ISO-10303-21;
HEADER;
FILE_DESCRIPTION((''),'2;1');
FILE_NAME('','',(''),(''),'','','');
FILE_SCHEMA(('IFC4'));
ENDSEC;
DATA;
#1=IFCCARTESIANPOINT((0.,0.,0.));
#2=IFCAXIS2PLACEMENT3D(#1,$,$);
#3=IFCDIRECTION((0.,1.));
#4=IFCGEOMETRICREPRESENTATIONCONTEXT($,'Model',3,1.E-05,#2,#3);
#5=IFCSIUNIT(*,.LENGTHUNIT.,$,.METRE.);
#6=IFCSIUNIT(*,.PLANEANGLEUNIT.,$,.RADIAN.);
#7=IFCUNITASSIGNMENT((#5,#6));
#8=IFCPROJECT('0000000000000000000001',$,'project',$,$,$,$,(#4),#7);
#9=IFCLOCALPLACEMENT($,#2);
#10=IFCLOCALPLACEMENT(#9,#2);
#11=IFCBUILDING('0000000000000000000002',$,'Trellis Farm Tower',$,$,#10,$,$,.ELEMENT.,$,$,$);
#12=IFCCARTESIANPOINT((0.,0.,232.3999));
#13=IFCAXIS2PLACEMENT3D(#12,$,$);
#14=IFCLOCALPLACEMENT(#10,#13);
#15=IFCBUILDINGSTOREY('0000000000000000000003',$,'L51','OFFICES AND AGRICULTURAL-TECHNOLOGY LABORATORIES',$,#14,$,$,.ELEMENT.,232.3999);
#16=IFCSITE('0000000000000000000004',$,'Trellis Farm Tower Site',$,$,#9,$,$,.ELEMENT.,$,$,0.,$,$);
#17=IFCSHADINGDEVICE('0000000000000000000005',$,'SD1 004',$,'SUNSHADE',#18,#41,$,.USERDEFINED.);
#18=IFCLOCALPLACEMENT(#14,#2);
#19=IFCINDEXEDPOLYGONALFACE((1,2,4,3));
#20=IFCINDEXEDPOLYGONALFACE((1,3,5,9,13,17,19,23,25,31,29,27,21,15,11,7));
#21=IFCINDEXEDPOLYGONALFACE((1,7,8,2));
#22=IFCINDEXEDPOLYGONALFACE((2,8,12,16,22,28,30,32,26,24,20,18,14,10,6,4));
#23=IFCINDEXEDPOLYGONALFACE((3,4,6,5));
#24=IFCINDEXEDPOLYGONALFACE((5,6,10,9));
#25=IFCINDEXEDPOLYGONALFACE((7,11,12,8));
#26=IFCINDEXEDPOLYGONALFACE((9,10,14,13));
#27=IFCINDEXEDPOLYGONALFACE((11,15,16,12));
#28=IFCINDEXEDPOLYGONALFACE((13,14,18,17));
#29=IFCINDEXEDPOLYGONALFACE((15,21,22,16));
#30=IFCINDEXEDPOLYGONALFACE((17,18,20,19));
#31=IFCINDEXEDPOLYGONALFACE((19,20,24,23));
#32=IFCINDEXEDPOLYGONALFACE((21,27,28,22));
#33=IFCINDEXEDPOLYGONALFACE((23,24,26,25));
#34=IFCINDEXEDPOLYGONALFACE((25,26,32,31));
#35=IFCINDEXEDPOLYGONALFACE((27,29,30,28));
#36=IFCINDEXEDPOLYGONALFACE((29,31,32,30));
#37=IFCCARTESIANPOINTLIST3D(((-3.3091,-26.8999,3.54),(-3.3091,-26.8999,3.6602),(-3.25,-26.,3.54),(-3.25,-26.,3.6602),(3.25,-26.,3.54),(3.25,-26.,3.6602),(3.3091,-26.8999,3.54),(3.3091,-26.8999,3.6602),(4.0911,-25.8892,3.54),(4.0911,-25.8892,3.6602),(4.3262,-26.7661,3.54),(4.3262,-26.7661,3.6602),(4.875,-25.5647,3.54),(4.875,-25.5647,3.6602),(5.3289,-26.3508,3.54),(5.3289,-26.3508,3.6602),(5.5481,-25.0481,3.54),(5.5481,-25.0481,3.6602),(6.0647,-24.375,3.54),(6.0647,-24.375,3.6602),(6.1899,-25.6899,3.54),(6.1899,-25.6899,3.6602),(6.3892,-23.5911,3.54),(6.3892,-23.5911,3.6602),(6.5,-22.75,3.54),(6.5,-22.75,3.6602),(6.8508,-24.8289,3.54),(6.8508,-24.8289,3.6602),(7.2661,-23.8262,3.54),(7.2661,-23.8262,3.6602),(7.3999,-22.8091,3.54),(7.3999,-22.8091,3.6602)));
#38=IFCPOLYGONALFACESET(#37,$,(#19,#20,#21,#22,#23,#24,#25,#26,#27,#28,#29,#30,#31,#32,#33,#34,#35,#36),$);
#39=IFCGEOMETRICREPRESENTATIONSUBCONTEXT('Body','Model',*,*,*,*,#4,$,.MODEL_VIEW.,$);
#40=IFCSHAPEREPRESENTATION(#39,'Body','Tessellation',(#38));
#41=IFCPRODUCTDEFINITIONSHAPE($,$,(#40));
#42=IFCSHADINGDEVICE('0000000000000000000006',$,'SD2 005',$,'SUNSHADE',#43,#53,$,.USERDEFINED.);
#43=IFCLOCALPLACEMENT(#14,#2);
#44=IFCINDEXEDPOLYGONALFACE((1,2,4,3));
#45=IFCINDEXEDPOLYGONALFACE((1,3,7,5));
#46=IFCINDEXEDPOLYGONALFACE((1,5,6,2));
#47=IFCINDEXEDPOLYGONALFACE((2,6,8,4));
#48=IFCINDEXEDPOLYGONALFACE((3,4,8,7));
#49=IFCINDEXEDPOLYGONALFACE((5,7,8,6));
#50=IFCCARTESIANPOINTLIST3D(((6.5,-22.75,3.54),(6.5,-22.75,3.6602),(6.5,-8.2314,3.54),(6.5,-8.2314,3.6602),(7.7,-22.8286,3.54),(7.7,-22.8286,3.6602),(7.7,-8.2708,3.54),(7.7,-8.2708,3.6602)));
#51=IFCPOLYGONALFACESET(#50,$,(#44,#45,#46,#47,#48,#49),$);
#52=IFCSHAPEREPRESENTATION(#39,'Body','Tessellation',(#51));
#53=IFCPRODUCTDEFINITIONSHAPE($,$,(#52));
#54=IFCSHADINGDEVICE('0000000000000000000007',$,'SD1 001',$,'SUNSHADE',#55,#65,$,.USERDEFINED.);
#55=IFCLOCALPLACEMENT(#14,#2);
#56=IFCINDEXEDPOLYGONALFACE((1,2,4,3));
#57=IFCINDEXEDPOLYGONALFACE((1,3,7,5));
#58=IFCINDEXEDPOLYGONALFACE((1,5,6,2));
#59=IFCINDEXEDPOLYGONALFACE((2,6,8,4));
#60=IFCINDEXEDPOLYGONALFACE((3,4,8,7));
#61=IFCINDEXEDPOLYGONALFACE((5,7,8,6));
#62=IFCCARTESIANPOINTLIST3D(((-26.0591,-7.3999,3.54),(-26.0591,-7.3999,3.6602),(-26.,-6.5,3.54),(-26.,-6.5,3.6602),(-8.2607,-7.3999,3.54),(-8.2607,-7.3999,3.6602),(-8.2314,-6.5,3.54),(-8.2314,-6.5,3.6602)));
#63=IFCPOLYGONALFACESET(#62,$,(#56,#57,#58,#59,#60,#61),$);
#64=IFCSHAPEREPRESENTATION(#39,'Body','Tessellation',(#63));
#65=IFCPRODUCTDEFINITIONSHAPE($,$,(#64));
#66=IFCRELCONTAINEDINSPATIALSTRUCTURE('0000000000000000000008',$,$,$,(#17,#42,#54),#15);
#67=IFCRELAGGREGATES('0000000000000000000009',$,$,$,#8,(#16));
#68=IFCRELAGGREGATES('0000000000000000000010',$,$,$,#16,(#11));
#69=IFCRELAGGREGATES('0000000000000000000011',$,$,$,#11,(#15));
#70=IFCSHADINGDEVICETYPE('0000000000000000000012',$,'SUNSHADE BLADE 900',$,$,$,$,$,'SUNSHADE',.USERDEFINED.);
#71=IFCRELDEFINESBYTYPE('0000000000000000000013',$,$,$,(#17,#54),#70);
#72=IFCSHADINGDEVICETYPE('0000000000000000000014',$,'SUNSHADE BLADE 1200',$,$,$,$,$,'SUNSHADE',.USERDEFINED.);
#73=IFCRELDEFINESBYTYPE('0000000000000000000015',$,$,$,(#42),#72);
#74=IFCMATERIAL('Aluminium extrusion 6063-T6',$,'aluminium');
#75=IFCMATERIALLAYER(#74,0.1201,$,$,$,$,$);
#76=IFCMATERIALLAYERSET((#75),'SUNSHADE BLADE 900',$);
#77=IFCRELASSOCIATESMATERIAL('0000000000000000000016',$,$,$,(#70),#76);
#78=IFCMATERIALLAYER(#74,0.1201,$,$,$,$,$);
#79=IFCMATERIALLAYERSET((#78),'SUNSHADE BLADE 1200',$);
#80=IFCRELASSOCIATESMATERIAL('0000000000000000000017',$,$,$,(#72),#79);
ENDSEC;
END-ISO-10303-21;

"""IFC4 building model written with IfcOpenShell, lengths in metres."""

from ifc_helpers import new_model, si_unit, direction, frame, origin, place, context, subcontext, project, spatial, polyline, outline, extrude, source, transform, mapped, material, layer, layer_set, type_object, element, save


model = new_model("IFC4")

# Units and contexts
model_context = context("Model", 3, precision=1e-05, world=origin(), true_north=direction((0.0, 1.0)))
body_context = subcontext(model_context, "Body", "Model", "MODEL_VIEW")
ifc_project = project(units=[si_unit("LENGTHUNIT", "METRE"), si_unit("PLANEANGLEUNIT", "RADIAN")], contexts=[model_context])

# Site, building, storey
site_placement = place(None, origin())
site = spatial("IfcSite", under=ifc_project, at=site_placement, Name="Trellis Farm Tower Site", CompositionType="ELEMENT", RefElevation=0.0)
building_placement = place(site_placement, origin())
building = spatial("IfcBuilding", under=site, at=building_placement, Name="Trellis Farm Tower", CompositionType="ELEMENT")
storey_placement = place(building_placement, frame((0.0, 0.0, 232.3999)))
storey = spatial("IfcBuildingStorey", under=building, at=storey_placement, Name="L51", Description="OFFICES AND AGRICULTURAL-TECHNOLOGY LABORATORIES", CompositionType="ELEMENT", Elevation=232.3999)

# Shared definitions
ifc_material_1 = material(Name="Aluminium extrusion 6063-T6", Category="aluminium")

# Shading devices
ifc_layer_1 = layer(ifc_material_1, 0.1201)
ifc_layer_set_1 = layer_set([ifc_layer_1], Name="SUNSHADE BLADE 900")
shading_device_type_1 = type_object("IfcShadingDeviceType", Name="SUNSHADE BLADE 900", ElementType="SUNSHADE", PredefinedType="USERDEFINED", material=ifc_layer_set_1)
placement_1 = place(storey_placement, frame((0.0, 0.0, 3.54)))
ifc_layer_2 = layer(ifc_material_1, 0.1201)
ifc_layer_set_2 = layer_set([ifc_layer_2], Name="SUNSHADE BLADE 1200")
shading_device_type_2 = type_object("IfcShadingDeviceType", Name="SUNSHADE BLADE 1200", ElementType="SUNSHADE", PredefinedType="USERDEFINED", material=ifc_layer_set_2)
shared_shape_1 = source(origin(), body_context, "Body", "SweptSolid", [
    extrude(outline(polyline([(-3.3091, -26.8999), (3.3091, -26.8999), (4.3262, -26.7661), (5.3289, -26.3508), (6.1899, -25.6899), (6.8508, -24.8289), (7.2661, -23.8262), (7.3999, -22.8091), (6.5, -22.75), (6.3892, -23.5911), (6.0647, -24.375), (5.5481, -25.0481), (4.875, -25.5647), (4.0911, -25.8892), (3.25, -26.0), (-3.25, -26.0), (-3.3091, -26.8999)])), origin(), (0.0, 0.0, 1.0), 0.1201),
])
element("IfcShadingDevice", 1, at=placement_1, inside=storey, type_object=shading_device_type_1, Name="SD1 004", ObjectType="SUNSHADE", PredefinedType="USERDEFINED", context=body_context, shape_type="MappedRepresentation", body=[
    mapped(shared_shape_1, transform((0.0, 0.0, 0.0))),
])
shared_shape_2 = source(origin(), body_context, "Body", "SweptSolid", [
    extrude(outline(polyline([(7.7, -22.8286), (7.7, -8.2708), (6.5, -8.2314), (6.5, -22.75), (7.7, -22.8286)])), origin(), (0.0, 0.0, 1.0), 0.1201),
])
element("IfcShadingDevice", 2, at=placement_1, inside=storey, type_object=shading_device_type_2, Name="SD2 005", ObjectType="SUNSHADE", PredefinedType="USERDEFINED", context=body_context, shape_type="MappedRepresentation", body=[
    mapped(shared_shape_2, transform((0.0, 0.0, 0.0))),
])
shared_shape_3 = source(origin(), body_context, "Body", "SweptSolid", [
    extrude(outline(polyline([(-26.0591, -7.3999), (-8.2607, -7.3999), (-8.2314, -6.5), (-26.0, -6.5), (-26.0591, -7.3999)])), origin(), (0.0, 0.0, 1.0), 0.1201),
])
element("IfcShadingDevice", 3, at=placement_1, inside=storey, type_object=shading_device_type_1, Name="SD1 001", ObjectType="SUNSHADE", PredefinedType="USERDEFINED", context=body_context, shape_type="MappedRepresentation", body=[
    mapped(shared_shape_3, transform((0.0, 0.0, 0.0))),
])

save(model, "model.ifc")
